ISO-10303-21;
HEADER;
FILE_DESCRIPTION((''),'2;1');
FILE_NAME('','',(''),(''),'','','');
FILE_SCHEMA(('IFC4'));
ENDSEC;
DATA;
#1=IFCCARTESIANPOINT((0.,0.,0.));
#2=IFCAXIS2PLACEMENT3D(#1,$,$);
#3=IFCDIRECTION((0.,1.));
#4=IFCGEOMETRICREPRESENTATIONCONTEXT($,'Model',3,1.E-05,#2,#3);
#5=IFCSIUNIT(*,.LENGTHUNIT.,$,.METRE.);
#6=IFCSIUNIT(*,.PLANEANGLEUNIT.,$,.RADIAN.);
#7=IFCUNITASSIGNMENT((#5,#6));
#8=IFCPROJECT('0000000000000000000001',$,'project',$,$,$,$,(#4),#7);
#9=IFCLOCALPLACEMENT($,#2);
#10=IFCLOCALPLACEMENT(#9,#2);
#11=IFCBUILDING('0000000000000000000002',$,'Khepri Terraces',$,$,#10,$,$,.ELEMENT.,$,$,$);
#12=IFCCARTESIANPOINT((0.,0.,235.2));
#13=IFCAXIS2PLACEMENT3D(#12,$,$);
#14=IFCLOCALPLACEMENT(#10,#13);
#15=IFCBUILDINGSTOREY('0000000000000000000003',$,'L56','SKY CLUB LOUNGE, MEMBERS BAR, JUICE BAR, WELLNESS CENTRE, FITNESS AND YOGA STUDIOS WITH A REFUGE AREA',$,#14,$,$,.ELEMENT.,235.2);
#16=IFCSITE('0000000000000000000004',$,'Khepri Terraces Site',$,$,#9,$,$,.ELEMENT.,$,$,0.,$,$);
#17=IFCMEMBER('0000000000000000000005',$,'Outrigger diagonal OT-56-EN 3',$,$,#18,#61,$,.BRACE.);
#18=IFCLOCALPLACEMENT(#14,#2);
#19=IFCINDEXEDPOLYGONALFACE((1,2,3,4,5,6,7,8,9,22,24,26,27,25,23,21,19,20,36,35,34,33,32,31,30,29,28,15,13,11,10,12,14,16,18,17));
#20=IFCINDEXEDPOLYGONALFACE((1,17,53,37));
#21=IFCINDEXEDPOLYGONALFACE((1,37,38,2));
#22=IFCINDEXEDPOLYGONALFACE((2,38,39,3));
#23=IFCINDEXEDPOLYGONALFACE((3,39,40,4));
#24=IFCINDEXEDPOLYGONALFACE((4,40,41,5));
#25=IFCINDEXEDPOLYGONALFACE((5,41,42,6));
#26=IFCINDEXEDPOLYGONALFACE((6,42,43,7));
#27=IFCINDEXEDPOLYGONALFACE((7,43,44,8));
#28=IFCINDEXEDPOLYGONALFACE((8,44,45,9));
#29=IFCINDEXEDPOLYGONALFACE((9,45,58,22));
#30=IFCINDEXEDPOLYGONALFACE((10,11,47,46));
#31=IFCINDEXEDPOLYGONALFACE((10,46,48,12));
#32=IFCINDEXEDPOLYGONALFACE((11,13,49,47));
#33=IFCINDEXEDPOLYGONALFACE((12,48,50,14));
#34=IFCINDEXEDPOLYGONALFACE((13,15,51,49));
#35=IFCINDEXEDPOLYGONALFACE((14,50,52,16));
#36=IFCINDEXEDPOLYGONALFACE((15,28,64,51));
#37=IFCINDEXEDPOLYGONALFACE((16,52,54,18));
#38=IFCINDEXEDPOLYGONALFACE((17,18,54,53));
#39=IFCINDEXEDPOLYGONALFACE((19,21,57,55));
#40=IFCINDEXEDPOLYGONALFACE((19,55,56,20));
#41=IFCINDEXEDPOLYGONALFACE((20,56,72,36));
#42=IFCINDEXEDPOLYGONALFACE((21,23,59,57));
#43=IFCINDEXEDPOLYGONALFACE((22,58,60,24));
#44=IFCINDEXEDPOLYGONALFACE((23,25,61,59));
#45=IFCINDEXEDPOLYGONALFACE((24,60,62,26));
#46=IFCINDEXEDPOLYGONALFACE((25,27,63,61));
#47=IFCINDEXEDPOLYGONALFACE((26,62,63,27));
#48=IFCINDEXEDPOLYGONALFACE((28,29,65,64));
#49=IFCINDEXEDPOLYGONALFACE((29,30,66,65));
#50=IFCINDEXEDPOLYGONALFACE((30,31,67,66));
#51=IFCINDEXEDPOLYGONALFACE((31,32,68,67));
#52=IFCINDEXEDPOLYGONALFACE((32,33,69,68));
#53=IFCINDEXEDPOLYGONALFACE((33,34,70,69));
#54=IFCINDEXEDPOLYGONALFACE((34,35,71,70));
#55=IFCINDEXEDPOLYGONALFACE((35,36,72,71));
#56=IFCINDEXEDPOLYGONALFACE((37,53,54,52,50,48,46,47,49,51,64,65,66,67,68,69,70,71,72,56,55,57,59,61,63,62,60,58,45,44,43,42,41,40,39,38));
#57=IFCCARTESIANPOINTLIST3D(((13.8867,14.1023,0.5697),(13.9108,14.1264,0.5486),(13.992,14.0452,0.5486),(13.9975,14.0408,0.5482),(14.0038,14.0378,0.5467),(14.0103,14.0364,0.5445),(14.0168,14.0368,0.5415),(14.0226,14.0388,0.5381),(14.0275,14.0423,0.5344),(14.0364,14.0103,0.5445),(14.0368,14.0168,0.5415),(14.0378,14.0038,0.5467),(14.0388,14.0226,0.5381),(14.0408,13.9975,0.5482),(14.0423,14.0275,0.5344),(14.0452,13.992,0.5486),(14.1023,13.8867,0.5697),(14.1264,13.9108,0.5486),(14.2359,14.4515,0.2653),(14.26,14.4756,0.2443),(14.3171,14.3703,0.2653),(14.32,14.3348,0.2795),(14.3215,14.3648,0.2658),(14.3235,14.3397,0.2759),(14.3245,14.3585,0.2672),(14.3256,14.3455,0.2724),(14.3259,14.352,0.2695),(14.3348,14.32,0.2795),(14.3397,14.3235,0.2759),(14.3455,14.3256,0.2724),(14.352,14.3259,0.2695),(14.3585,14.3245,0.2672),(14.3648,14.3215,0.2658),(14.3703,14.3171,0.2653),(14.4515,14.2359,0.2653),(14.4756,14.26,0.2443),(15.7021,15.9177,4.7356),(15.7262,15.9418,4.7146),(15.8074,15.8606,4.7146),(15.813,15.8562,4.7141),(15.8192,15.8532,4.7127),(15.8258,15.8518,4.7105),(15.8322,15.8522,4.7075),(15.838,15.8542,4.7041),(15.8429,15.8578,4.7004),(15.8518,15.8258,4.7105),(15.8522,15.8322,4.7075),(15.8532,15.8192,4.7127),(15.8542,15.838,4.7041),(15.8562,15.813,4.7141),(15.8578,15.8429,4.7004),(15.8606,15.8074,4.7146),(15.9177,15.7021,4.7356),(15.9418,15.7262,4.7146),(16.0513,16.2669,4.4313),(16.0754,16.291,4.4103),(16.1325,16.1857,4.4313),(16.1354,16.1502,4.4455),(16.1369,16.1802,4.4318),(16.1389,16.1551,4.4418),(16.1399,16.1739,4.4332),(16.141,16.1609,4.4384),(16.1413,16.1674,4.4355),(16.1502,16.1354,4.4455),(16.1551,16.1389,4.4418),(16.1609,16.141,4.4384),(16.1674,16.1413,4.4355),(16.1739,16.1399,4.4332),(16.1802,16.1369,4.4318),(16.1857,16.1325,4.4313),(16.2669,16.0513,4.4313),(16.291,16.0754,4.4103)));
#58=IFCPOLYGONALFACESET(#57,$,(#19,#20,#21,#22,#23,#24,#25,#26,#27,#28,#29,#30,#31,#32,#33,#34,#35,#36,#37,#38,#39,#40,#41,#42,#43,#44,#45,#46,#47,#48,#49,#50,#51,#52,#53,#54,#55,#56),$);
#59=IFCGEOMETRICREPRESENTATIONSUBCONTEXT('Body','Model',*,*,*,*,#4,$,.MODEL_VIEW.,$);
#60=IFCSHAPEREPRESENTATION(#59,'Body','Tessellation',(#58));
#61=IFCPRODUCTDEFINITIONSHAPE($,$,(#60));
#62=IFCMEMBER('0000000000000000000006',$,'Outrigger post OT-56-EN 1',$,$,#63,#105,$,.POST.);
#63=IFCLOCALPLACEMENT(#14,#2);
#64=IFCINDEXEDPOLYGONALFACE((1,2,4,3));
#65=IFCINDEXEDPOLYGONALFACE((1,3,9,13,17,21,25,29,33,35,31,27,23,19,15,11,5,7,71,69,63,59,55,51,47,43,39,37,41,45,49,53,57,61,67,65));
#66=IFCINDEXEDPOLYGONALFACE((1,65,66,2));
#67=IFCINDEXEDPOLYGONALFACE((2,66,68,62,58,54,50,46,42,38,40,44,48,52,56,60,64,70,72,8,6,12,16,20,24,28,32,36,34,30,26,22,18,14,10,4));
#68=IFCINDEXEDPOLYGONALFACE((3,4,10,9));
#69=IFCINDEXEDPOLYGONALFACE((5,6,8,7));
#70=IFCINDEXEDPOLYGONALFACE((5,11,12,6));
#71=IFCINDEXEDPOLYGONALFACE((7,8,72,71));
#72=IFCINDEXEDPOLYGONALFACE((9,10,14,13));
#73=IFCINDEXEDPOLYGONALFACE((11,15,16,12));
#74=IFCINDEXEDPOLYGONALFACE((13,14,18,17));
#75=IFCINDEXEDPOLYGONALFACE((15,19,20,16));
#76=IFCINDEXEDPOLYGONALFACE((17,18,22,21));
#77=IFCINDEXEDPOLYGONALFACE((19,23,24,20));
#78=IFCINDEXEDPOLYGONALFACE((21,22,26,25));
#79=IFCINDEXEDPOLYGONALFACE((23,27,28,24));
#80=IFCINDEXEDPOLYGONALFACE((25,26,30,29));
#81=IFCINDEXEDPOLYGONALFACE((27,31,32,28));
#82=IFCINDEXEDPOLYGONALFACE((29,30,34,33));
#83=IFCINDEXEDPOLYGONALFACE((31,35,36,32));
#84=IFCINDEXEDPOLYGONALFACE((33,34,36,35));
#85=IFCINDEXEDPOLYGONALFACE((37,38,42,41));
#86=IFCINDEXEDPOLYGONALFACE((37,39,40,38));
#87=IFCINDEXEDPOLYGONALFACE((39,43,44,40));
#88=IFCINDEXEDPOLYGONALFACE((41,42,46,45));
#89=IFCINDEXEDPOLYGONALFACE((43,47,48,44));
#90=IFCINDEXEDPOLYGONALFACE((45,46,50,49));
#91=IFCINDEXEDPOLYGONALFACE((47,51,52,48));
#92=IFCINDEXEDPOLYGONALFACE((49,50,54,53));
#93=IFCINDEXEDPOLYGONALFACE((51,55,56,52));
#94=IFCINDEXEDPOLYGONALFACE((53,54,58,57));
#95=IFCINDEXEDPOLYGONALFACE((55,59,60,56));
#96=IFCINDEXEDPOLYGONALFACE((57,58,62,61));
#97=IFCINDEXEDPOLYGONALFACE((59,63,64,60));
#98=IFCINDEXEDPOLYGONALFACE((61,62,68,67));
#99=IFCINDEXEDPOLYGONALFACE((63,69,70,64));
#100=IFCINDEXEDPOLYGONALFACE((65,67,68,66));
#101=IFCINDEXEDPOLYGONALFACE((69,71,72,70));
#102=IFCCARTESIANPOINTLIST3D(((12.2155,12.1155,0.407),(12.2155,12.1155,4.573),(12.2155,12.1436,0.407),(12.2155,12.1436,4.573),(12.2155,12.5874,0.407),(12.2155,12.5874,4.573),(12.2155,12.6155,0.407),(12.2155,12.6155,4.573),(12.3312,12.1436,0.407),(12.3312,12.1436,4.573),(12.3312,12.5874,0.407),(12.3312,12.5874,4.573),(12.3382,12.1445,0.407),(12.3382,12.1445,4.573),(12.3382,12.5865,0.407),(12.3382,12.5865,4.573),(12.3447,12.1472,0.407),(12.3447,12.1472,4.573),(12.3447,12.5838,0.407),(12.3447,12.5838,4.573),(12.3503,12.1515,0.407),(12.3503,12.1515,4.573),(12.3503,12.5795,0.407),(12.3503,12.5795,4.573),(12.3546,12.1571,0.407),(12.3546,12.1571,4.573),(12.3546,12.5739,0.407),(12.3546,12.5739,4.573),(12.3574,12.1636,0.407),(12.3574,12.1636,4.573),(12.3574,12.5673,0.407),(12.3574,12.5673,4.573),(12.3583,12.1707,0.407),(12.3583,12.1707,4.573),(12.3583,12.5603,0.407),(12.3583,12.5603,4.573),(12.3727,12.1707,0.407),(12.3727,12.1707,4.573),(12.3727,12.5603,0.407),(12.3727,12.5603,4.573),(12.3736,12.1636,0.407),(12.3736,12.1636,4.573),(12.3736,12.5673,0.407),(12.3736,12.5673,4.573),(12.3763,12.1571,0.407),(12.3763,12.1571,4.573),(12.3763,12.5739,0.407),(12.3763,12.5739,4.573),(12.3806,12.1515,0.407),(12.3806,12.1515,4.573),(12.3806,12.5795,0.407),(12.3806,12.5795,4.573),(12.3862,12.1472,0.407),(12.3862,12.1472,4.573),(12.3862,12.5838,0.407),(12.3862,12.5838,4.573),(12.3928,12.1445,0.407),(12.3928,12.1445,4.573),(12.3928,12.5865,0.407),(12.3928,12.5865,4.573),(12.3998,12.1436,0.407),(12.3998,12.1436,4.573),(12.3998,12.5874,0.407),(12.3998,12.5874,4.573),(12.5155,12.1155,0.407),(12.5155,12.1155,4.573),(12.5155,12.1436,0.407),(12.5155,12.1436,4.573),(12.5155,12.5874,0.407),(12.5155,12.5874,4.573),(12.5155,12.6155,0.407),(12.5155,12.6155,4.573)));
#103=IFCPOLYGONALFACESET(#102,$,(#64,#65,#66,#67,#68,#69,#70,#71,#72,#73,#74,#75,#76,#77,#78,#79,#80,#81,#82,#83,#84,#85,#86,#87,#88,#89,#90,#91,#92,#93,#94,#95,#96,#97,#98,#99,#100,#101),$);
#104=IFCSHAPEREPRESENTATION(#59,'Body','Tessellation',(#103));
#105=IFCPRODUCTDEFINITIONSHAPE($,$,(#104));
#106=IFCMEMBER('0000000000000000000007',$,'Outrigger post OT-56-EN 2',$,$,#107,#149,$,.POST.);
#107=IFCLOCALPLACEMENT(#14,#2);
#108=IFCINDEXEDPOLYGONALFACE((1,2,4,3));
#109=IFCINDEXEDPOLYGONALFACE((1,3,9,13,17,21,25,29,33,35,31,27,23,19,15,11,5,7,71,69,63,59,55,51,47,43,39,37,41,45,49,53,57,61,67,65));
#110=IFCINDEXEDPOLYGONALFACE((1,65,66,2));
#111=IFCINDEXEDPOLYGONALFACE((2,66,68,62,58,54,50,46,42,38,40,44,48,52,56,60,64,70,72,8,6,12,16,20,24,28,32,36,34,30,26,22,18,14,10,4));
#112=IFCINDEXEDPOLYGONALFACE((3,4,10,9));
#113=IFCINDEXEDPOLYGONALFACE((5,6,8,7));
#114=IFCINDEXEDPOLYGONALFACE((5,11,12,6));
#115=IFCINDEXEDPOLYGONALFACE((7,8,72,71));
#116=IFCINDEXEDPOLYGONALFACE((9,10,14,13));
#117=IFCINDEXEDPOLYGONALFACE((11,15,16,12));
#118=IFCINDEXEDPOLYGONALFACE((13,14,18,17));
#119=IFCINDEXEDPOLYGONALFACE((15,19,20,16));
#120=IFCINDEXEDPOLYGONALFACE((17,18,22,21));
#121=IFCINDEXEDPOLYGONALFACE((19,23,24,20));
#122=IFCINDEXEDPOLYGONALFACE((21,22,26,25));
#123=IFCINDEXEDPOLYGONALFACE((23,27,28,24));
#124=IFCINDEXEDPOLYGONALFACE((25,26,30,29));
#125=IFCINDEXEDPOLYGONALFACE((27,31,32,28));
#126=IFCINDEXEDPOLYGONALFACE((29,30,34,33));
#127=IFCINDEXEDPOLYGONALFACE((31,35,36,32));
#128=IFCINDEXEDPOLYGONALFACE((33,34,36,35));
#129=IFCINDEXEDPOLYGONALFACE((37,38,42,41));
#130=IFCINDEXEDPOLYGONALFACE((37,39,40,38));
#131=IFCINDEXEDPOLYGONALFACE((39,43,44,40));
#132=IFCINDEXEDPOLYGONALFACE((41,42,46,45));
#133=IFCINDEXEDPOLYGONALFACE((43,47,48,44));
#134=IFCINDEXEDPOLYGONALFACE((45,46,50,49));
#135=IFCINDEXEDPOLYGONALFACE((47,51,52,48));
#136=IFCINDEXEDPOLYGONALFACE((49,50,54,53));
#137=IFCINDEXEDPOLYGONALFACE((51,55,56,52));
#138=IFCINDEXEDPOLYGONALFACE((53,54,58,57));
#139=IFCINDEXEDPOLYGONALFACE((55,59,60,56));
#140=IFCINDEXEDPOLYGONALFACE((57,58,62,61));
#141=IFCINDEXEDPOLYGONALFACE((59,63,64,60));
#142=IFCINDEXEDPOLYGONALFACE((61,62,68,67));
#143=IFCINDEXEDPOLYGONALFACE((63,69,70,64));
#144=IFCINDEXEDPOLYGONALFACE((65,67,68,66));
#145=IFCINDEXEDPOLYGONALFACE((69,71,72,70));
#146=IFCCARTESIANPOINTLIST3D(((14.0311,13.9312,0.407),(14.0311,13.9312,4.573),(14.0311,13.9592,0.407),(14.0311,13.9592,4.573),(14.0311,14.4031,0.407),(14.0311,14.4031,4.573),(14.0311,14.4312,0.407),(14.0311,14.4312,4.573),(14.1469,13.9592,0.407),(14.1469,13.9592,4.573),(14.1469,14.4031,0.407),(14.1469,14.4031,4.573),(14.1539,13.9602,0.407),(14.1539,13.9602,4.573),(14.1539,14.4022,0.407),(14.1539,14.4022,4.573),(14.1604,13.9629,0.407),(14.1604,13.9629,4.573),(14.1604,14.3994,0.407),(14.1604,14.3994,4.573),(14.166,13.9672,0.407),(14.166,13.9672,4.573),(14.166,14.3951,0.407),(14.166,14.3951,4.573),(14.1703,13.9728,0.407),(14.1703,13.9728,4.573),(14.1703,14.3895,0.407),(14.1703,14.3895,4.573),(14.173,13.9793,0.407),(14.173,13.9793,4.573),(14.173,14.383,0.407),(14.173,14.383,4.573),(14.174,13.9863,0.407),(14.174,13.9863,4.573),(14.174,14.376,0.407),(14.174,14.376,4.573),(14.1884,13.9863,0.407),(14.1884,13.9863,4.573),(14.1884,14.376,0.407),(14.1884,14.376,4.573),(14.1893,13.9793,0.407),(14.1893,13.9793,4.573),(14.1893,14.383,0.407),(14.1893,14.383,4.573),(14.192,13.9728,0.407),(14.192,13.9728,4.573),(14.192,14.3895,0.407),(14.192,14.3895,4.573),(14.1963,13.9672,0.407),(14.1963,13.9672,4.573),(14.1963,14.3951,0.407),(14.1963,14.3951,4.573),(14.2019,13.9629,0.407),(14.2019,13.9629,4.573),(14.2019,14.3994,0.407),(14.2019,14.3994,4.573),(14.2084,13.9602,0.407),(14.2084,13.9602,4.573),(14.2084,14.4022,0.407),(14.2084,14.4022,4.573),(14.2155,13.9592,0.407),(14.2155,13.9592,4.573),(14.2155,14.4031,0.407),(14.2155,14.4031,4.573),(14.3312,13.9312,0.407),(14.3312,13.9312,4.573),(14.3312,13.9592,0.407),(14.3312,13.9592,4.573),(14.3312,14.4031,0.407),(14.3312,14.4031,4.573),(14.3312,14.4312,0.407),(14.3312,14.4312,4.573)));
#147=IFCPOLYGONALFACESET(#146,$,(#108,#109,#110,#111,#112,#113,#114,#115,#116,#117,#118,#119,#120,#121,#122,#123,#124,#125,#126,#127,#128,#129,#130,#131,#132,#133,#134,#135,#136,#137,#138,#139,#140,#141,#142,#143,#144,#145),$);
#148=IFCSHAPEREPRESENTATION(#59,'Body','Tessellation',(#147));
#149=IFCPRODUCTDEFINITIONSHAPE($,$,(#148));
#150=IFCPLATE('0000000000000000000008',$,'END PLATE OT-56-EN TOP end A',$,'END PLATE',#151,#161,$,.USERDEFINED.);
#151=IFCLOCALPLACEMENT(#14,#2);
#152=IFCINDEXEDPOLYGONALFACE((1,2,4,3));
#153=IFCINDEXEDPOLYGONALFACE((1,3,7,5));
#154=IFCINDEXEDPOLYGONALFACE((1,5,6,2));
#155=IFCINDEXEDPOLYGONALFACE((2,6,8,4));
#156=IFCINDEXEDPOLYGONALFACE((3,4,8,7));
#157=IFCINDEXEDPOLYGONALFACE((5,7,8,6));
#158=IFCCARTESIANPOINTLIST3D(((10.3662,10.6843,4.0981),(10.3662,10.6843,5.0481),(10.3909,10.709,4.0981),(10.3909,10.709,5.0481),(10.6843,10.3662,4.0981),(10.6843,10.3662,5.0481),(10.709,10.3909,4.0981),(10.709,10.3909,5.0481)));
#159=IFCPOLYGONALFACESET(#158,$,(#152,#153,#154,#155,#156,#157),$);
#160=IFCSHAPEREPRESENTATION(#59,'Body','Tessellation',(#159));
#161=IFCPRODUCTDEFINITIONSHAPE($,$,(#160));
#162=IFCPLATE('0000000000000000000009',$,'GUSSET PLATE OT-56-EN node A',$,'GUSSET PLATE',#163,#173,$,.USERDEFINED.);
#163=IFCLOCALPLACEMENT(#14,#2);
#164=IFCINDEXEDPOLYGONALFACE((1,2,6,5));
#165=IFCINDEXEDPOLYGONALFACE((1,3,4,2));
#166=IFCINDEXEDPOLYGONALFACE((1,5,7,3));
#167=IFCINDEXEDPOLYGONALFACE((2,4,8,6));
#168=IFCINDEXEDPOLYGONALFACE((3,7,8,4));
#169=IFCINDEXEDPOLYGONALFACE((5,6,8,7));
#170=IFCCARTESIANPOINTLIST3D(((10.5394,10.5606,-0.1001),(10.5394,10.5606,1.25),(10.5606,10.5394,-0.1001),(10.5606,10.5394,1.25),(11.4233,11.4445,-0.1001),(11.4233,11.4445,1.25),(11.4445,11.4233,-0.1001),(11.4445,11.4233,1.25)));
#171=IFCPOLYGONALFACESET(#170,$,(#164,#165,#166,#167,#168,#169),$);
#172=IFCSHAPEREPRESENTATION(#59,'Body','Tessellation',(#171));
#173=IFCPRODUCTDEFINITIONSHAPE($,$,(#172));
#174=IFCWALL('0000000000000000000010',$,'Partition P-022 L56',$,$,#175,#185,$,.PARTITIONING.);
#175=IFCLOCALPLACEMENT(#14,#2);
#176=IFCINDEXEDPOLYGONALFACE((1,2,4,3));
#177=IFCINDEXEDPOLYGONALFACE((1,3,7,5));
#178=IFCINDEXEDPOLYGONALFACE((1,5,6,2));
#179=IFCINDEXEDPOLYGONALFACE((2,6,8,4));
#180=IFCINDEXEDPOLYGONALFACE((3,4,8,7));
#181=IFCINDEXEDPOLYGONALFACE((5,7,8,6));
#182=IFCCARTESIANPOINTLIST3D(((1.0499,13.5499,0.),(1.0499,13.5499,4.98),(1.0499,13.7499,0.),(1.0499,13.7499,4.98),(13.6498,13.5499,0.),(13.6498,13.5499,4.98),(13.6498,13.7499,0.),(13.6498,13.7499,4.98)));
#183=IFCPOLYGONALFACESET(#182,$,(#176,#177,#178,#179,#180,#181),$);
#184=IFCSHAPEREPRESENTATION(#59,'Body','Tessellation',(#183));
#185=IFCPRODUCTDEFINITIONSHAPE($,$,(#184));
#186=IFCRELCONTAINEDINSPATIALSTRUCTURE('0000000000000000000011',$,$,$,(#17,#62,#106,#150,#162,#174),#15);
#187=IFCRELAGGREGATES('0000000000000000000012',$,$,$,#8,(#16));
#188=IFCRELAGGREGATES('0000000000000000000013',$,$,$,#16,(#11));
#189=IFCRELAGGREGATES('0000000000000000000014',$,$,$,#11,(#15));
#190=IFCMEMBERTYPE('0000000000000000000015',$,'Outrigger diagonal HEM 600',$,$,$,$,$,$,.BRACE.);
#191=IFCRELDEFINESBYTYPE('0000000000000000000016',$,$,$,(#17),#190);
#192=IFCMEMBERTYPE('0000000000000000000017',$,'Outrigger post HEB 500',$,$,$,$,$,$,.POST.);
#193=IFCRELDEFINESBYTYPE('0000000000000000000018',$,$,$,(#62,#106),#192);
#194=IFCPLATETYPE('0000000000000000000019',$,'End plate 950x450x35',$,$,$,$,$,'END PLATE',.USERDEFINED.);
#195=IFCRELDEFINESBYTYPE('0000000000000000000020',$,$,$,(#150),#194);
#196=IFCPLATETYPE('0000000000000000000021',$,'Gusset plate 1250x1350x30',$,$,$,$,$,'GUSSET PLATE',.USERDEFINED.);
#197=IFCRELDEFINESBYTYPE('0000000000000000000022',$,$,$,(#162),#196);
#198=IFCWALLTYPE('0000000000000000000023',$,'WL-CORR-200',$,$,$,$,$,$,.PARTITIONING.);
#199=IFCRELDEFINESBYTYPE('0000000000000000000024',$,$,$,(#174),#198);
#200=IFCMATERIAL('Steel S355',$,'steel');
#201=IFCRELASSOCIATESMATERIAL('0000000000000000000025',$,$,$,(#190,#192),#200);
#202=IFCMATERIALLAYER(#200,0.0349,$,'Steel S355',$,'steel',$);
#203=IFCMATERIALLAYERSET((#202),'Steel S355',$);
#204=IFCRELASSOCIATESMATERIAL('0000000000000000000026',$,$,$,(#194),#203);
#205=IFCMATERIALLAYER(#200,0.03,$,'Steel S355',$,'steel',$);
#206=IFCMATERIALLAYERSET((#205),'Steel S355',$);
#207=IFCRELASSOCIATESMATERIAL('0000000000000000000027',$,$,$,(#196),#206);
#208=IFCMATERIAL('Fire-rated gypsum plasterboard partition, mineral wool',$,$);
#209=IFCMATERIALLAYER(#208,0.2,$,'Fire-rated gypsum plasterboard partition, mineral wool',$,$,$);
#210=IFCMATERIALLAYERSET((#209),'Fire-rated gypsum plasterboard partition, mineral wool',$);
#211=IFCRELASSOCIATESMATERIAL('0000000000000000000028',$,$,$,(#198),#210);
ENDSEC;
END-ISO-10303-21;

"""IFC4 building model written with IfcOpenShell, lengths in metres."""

from ifc_helpers import new_model, si_unit, direction, frame, frame_2d, origin, origin_2d, place, context, subcontext, project, spatial, rectangle, i_section, extrude, material, layer, layer_set, material_profile, profile_set, type_object, element, save


model = new_model("IFC4")

# Units and contexts
model_context = context("Model", 3, precision=1e-05, world=origin(), true_north=direction((0.0, 1.0)))
body_context = subcontext(model_context, "Body", "Model", "MODEL_VIEW")
ifc_project = project(units=[si_unit("LENGTHUNIT", "METRE"), si_unit("PLANEANGLEUNIT", "RADIAN")], contexts=[model_context])

# Site, building, storey
site_placement = place(None, origin())
site = spatial("IfcSite", under=ifc_project, at=site_placement, Name="Khepri Terraces Site", CompositionType="ELEMENT", RefElevation=0.0)
building_placement = place(site_placement, origin())
building = spatial("IfcBuilding", under=site, at=building_placement, Name="Khepri Terraces", CompositionType="ELEMENT")
storey_placement = place(building_placement, frame((0.0, 0.0, 235.2)))
storey = spatial("IfcBuildingStorey", under=building, at=storey_placement, Name="L56", Description="SKY CLUB LOUNGE, MEMBERS BAR, JUICE BAR, WELLNESS CENTRE, FITNESS AND YOGA STUDIOS WITH A REFUGE AREA", CompositionType="ELEMENT", Elevation=235.2)

# Members
ifc_material_1 = material(Name="Steel S355", Category="steel")
ifc_material_profile_1 = material_profile(ifc_material_1, i_section(OverallWidth=0.3049, OverallDepth=0.6201, WebThickness=0.021, FlangeThickness=0.04, FilletRadius=0.0271, at=origin_2d()), Name="Steel S355", Category="steel")
ifc_profile_set_1 = profile_set([ifc_material_profile_1], Name="Steel S355")
member_type_1 = type_object("IfcMemberType", Name="Outrigger diagonal HEM 600", PredefinedType="BRACE", material=ifc_profile_set_1)
member_1_placement = place(storey_placement, frame((14.1812, 14.1812, 0.407), z_axis=(0.370981, 0.370981, 0.85132), x_axis=(-0.707107, 0.707107, 0.0)))
element("IfcMember", 1, at=member_1_placement, inside=storey, type_object=member_type_1, Name="Outrigger diagonal OT-56-EN 3", PredefinedType="BRACE", context=body_context, shape_type="SweptSolid", body=[
    extrude(i_section(OverallWidth=0.3049, OverallDepth=0.6201, WebThickness=0.021, FlangeThickness=0.04, FilletRadius=0.0271, at=origin_2d()), origin(), (0.0, 0.0, 1.0), 4.8936),
])
ifc_material_profile_2 = material_profile(ifc_material_1, i_section(OverallWidth=0.3, OverallDepth=0.5, WebThickness=0.0144, FlangeThickness=0.0281, FilletRadius=0.0271, at=origin_2d()), Name="Steel S355", Category="steel")
ifc_profile_set_2 = profile_set([ifc_material_profile_2], Name="Steel S355")
member_type_2 = type_object("IfcMemberType", Name="Outrigger post HEB 500", PredefinedType="POST", material=ifc_profile_set_2)
for number, where, z_axis, x_axis, name in (
    (2, (12.3655, 12.3655, 0.407), (0.0, 0.0, 1.0), (1.0, 0.0, 0.0), "Outrigger post OT-56-EN 1"),
    (3, (14.1812, 14.1812, 0.407), (0.0, 0.0, 1.0), (1.0, 0.0, 0.0), "Outrigger post OT-56-EN 2"),
):
    element("IfcMember", number, at=place(storey_placement, frame(where, z_axis=z_axis, x_axis=x_axis)), inside=storey, type_object=member_type_2, Name=name, PredefinedType="POST", context=body_context, shape_type="SweptSolid", body=[
        extrude(i_section(OverallWidth=0.3, OverallDepth=0.5, WebThickness=0.0144, FlangeThickness=0.0281, FilletRadius=0.0271, at=origin_2d()), origin(), (0.0, 0.0, 1.0), 4.166),
    ])

# Plates
ifc_layer_1 = layer(ifc_material_1, 0.0349, Name="Steel S355", Category="steel")
ifc_layer_set_1 = layer_set([ifc_layer_1], Name="Steel S355")
plate_type_1 = type_object("IfcPlateType", Name="End plate 950x450x35", ElementType="END PLATE", PredefinedType="USERDEFINED", material=ifc_layer_set_1)
plate_1_placement = place(storey_placement, frame((10.5376, 10.5376, 4.0981), z_axis=(0.0, 0.0, 1.0), x_axis=(0.707107, 0.707107, 0.0)))
element("IfcPlate", 4, at=plate_1_placement, inside=storey, type_object=plate_type_1, Name="END PLATE OT-56-EN TOP end A", ObjectType="END PLATE", PredefinedType="USERDEFINED", context=body_context, shape_type="SweptSolid", body=[
    extrude(rectangle(XDim=0.0349, YDim=0.45, at=origin_2d()), origin(), (0.0, 0.0, 1.0), 0.95),
])
ifc_layer_2 = layer(ifc_material_1, 0.03, Name="Steel S355", Category="steel")
ifc_layer_set_2 = layer_set([ifc_layer_2], Name="Steel S355")
plate_type_2 = type_object("IfcPlateType", Name="Gusset plate 1250x1350x30", ElementType="GUSSET PLATE", PredefinedType="USERDEFINED", material=ifc_layer_set_2)
plate_2_placement = place(storey_placement, frame((10.9919, 10.9919, -0.1001), z_axis=(0.0, 0.0, 1.0), x_axis=(0.707107, 0.707107, 0.0)))
element("IfcPlate", 5, at=plate_2_placement, inside=storey, type_object=plate_type_2, Name="GUSSET PLATE OT-56-EN node A", ObjectType="GUSSET PLATE", PredefinedType="USERDEFINED", context=body_context, shape_type="SweptSolid", body=[
    extrude(rectangle(XDim=1.25, YDim=0.03, at=origin_2d()), origin(), (0.0, 0.0, 1.0), 1.3501),
])

# Wall
ifc_material_2 = material(Name="Fire-rated gypsum plasterboard partition, mineral wool")
ifc_layer_3 = layer(ifc_material_2, 0.2, Name="Fire-rated gypsum plasterboard partition, mineral wool")
ifc_layer_set_3 = layer_set([ifc_layer_3], Name="Fire-rated gypsum plasterboard partition, mineral wool")
wall_type_1 = type_object("IfcWallType", Name="WL-CORR-200", PredefinedType="PARTITIONING", material=ifc_layer_set_3)
wall_1_placement = place(storey_placement, frame((1.05, 13.6499, 0.0), z_axis=(0.0, 0.0, 1.0), x_axis=(1.0, 0.0, 0.0)))
element("IfcWall", 6, at=wall_1_placement, inside=storey, type_object=wall_type_1, Name="Partition P-022 L56", PredefinedType="PARTITIONING", context=body_context, shape_type="SweptSolid", body=[
    extrude(rectangle(XDim=12.5999, YDim=0.2, at=frame_2d((6.2998, 0.0))), origin(), (0.0, 0.0, 1.0), 4.98),
])

save(model, "model.ifc")
